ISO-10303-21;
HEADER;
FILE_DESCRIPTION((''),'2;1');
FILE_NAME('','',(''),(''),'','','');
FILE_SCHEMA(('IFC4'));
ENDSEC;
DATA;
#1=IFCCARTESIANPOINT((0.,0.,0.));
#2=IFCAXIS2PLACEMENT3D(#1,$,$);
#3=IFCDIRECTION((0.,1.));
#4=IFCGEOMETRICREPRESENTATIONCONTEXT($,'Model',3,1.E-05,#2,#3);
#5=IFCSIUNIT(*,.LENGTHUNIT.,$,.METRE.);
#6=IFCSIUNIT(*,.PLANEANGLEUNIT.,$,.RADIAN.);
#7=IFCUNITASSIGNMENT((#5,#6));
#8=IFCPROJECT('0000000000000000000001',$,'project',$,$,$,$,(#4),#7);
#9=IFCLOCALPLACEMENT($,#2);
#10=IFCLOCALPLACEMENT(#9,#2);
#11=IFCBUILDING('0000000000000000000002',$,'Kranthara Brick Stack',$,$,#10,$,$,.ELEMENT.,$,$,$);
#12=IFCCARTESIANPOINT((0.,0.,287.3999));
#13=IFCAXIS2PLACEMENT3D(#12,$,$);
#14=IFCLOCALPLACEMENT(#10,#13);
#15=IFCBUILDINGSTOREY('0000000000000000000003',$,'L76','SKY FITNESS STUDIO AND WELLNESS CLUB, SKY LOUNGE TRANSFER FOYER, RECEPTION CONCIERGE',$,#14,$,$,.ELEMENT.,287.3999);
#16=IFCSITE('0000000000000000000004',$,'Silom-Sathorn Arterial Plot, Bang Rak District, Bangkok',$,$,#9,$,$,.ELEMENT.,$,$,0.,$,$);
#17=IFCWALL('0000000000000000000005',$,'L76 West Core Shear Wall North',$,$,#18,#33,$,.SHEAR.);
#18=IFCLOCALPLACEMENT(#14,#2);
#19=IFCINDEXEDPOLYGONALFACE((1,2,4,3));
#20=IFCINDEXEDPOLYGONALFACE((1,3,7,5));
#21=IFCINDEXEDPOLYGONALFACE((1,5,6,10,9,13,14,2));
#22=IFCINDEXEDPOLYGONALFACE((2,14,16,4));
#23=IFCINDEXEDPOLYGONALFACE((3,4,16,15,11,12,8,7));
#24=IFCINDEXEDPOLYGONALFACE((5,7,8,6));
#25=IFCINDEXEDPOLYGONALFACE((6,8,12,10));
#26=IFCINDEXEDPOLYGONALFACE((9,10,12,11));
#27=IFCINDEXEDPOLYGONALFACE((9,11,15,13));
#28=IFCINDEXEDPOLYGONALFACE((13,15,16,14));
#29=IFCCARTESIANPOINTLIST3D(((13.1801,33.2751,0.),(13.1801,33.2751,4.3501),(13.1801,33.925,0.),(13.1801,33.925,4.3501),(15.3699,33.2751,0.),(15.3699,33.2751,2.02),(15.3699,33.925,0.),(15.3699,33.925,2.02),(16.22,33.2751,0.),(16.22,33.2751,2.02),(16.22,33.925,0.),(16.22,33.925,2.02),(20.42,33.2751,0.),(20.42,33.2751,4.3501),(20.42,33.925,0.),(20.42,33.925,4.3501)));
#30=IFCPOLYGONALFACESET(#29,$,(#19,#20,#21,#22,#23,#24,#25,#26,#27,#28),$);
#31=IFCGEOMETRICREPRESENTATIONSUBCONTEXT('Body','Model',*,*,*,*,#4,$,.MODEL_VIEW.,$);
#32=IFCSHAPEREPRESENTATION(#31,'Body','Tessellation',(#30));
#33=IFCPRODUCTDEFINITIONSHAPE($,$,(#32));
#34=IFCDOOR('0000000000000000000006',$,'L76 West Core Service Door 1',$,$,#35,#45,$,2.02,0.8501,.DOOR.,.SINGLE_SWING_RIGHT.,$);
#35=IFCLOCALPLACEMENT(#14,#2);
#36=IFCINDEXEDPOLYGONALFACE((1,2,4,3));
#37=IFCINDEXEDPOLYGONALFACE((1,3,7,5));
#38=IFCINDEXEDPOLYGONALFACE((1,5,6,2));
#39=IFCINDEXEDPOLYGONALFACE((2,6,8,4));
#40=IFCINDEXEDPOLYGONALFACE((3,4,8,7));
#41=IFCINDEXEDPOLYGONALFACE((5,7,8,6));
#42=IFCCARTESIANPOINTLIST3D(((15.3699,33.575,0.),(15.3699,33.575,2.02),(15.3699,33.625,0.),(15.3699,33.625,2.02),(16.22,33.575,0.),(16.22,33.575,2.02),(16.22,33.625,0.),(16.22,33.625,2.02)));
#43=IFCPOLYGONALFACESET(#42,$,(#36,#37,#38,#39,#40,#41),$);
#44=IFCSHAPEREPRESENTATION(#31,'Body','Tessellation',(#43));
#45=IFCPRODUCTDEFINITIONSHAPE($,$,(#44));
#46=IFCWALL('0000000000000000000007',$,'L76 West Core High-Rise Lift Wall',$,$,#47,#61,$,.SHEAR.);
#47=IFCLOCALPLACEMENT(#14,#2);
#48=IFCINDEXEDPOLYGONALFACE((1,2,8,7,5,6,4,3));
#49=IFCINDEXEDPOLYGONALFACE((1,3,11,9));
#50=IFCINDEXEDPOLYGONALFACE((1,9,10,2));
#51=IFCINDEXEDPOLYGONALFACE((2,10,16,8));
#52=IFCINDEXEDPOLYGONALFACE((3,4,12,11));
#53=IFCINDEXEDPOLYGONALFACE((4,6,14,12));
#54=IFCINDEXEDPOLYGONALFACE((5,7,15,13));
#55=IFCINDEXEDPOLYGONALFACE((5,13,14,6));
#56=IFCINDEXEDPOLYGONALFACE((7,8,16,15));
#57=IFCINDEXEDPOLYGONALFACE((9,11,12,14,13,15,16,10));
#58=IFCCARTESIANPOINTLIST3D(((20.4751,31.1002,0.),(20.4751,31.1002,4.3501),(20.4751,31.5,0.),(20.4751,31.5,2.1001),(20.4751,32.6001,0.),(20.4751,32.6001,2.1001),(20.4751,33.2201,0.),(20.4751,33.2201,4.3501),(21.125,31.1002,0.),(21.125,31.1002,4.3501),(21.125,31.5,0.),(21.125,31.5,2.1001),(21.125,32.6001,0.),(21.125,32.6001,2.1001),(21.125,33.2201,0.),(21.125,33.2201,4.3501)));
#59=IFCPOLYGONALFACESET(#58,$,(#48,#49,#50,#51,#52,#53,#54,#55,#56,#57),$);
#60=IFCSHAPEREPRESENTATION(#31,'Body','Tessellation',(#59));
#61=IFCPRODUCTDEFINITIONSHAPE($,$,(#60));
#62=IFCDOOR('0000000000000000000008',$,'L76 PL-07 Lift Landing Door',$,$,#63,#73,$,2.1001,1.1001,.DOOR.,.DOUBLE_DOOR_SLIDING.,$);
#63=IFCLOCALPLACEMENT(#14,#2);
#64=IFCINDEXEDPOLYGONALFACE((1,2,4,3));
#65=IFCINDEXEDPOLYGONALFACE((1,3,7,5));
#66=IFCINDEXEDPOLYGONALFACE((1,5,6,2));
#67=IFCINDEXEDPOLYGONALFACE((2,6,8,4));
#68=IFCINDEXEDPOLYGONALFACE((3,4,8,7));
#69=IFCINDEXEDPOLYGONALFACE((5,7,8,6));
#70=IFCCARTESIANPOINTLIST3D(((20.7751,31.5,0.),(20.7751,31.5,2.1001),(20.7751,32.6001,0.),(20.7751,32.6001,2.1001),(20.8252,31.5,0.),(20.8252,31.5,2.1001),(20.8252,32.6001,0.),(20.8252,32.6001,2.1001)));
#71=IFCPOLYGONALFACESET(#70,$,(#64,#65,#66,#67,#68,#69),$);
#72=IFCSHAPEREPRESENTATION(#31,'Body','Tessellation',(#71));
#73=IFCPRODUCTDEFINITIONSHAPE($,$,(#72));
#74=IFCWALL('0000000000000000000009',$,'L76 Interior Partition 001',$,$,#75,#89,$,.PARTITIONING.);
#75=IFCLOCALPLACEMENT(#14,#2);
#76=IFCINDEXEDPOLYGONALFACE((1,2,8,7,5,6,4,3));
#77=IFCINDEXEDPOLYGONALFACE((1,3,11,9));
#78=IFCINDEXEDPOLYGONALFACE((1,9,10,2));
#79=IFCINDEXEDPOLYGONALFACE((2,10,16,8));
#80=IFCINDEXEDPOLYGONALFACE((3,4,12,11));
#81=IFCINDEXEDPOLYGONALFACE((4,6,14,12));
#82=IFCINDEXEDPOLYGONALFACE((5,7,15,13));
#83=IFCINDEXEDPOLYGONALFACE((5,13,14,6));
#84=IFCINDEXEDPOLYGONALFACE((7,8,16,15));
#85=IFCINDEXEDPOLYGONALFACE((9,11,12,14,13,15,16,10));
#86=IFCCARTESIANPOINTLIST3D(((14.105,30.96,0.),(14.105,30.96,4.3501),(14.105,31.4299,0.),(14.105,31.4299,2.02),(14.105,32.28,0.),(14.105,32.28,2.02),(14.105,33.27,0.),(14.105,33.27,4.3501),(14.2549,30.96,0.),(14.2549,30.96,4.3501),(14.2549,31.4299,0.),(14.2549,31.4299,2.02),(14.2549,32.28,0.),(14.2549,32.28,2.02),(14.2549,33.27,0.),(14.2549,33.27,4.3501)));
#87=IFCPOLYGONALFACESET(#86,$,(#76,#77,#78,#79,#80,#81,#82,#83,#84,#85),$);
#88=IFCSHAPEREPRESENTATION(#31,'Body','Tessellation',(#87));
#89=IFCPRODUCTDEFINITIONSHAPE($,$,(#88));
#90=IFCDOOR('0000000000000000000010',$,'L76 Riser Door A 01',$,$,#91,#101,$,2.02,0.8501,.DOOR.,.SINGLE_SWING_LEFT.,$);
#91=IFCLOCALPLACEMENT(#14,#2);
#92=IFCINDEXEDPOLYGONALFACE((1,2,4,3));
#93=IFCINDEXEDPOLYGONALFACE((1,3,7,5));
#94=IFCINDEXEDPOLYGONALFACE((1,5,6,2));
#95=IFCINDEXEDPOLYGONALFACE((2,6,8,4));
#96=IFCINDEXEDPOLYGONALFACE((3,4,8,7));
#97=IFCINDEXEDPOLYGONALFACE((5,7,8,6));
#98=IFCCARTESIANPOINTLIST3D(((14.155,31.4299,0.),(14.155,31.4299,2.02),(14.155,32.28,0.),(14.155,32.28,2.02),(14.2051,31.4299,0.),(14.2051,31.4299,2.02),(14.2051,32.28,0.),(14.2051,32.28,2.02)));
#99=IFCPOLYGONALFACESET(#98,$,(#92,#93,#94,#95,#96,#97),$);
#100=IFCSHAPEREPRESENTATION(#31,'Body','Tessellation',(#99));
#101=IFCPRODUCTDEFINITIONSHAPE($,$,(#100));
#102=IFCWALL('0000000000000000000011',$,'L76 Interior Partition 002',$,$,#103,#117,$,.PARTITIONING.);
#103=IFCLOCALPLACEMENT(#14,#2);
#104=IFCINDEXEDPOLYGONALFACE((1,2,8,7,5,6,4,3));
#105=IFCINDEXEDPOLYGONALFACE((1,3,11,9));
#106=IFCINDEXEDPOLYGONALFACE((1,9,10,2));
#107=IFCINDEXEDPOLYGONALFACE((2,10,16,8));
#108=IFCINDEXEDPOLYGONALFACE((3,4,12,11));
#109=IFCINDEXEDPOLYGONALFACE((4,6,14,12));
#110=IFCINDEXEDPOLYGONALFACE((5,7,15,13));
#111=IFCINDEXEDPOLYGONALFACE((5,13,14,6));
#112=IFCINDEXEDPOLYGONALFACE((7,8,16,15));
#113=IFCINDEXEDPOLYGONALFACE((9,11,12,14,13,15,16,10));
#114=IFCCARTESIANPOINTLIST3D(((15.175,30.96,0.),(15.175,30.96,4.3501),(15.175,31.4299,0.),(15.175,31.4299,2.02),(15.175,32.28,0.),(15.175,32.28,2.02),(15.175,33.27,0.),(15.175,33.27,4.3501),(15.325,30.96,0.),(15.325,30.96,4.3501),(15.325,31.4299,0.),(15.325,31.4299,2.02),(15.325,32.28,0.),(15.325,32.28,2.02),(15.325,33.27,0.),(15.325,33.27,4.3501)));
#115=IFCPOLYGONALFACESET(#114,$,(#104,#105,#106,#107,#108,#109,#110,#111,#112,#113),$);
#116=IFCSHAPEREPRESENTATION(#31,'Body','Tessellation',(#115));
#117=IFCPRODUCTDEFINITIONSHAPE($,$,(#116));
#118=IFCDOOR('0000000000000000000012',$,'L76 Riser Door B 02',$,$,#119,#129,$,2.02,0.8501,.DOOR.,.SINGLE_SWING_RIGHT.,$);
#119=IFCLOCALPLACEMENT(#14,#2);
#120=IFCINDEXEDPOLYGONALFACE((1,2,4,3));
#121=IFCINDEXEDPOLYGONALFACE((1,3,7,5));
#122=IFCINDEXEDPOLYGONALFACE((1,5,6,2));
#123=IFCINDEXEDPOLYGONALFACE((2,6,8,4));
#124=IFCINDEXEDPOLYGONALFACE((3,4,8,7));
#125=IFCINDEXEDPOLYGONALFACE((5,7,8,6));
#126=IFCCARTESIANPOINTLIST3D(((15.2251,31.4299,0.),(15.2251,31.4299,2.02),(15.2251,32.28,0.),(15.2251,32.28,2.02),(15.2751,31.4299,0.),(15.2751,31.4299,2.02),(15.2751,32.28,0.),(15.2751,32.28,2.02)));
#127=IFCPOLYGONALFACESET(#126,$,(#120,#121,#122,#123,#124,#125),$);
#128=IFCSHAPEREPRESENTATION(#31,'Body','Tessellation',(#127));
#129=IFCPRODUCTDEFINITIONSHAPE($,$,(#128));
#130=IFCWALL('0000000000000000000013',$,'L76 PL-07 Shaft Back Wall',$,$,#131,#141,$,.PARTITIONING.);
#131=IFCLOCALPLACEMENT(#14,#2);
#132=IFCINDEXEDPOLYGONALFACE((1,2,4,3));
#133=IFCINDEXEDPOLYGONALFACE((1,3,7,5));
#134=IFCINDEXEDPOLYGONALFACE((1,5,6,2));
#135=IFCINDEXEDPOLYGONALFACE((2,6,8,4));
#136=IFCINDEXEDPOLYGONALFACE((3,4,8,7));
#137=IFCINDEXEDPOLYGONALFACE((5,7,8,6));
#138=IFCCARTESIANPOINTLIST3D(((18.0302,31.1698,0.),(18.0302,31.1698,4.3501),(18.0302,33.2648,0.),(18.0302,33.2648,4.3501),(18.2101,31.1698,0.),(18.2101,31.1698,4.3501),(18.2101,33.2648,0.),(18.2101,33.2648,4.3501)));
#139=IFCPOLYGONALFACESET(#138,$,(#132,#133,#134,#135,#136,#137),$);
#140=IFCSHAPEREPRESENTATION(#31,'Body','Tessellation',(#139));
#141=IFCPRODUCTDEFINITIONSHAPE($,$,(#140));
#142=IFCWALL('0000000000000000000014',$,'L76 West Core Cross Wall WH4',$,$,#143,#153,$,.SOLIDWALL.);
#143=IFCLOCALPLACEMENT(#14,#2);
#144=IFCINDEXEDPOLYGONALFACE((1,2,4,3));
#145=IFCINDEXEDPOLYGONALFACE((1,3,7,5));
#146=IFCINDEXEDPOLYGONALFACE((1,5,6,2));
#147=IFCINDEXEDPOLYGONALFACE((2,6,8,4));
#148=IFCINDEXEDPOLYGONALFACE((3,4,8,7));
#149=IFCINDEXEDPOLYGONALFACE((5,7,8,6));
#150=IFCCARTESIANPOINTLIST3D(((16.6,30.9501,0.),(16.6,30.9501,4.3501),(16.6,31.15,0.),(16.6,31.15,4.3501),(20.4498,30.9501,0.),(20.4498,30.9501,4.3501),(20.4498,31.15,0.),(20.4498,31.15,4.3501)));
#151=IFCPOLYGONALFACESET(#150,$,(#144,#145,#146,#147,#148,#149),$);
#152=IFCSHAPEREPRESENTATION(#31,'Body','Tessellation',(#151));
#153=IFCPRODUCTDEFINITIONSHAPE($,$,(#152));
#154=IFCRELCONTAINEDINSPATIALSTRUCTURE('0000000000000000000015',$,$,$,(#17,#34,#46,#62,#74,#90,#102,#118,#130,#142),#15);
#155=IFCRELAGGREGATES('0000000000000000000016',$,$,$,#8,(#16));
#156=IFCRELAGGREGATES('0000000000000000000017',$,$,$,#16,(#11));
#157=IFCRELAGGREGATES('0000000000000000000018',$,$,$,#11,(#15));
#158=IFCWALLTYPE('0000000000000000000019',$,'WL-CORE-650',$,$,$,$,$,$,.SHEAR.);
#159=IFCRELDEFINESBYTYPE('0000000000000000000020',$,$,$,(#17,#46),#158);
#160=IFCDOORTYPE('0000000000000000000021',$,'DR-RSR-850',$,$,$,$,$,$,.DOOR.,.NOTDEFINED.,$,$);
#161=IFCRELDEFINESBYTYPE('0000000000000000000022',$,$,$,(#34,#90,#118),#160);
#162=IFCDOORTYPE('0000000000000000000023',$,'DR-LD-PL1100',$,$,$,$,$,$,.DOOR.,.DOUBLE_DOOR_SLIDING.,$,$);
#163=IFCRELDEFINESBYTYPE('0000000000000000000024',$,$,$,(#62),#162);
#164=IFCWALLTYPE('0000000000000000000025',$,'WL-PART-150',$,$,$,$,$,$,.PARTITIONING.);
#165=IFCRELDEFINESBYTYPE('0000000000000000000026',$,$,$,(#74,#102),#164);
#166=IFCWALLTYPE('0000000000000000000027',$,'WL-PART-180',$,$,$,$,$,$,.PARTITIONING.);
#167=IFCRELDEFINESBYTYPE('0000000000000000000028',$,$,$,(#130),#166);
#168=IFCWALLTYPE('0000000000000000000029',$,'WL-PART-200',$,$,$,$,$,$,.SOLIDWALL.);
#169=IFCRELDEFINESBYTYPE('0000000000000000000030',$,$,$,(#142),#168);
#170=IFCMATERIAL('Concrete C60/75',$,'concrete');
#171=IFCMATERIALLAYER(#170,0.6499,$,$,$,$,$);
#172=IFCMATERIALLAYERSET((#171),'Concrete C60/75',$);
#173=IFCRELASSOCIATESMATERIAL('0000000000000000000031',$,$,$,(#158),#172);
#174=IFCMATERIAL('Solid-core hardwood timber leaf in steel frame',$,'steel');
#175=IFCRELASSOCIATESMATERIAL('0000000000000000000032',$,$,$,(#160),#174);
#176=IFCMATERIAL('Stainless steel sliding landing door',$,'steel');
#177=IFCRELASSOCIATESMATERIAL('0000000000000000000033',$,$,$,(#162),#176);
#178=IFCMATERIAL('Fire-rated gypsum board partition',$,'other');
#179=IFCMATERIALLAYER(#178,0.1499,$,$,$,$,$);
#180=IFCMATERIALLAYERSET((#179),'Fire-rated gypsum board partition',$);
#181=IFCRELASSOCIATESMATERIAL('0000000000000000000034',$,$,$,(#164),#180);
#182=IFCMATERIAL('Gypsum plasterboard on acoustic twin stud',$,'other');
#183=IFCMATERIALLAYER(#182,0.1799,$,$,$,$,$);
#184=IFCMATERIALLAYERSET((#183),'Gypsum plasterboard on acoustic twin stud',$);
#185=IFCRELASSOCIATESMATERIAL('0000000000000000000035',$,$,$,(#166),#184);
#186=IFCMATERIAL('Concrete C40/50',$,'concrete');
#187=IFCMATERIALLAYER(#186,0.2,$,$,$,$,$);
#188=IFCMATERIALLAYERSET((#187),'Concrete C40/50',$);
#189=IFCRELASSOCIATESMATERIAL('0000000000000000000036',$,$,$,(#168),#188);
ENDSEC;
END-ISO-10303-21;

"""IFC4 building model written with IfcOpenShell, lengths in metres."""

from ifc_helpers import new_model, si_unit, direction, frame, frame_2d, origin, place, context, subcontext, project, spatial, rectangle, extrude, material, layer, layer_set, type_object, element, fill, save


model = new_model("IFC4")

# Units and contexts
model_context = context("Model", 3, precision=1e-05, world=origin(), true_north=direction((0.0, 1.0)))
body_context = subcontext(model_context, "Body", "Model", "MODEL_VIEW")
ifc_project = project(units=[si_unit("LENGTHUNIT", "METRE"), si_unit("PLANEANGLEUNIT", "RADIAN")], contexts=[model_context])

# Site, building, storey
site_placement = place(None, origin())
site = spatial("IfcSite", under=ifc_project, at=site_placement, Name="Silom-Sathorn Arterial Plot, Bang Rak District, Bangkok", CompositionType="ELEMENT", RefElevation=0.0)
building_placement = place(site_placement, origin())
building = spatial("IfcBuilding", under=site, at=building_placement, Name="Kranthara Brick Stack", CompositionType="ELEMENT")
storey_placement = place(building_placement, frame((0.0, 0.0, 287.3999)))
storey = spatial("IfcBuildingStorey", under=building, at=storey_placement, Name="L76", Description="SKY FITNESS STUDIO AND WELLNESS CLUB, SKY LOUNGE TRANSFER FOYER, RECEPTION CONCIERGE", CompositionType="ELEMENT", Elevation=287.3999)

# Walls, openings, doors
ifc_material_1 = material(Name="Concrete C60/75", Category="concrete")
ifc_layer_1 = layer(ifc_material_1, 0.6499)
ifc_layer_set_1 = layer_set([ifc_layer_1], Name="Concrete C60/75")
wall_type_1 = type_object("IfcWallType", Name="WL-CORE-650", PredefinedType="SHEAR", material=ifc_layer_set_1)
wall_1_placement = place(storey_placement, frame((13.1799, 33.6001, 0.0), z_axis=(0.0, 0.0, 1.0), x_axis=(1.0, 0.0, 0.0)))
wall_1 = element("IfcWall", 1, at=wall_1_placement, inside=storey, type_object=wall_type_1, Name="L76 West Core Shear Wall North", PredefinedType="SHEAR", context=body_context, shape_type="SweptSolid", body=[
    extrude(rectangle(XDim=7.24, YDim=0.6499, at=frame_2d((3.6201, 0.0))), origin(), (0.0, 0.0, 1.0), 4.3501),
])
opening_1_placement = place(wall_1_placement, frame((2.1899, 0.0, 0.0)))
opening_1 = element("IfcOpeningElement", 2, at=opening_1_placement, cuts=wall_1, PredefinedType="OPENING", context=body_context, shape_type="SweptSolid", body=[
    extrude(rectangle(XDim=0.8501, YDim=2.02, at=frame_2d((0.425, 1.01))), frame((0.0, 0.335, 0.0), z_axis=(0.0, -1.0, 0.0), x_axis=(1.0, 0.0, 0.0)), (0.0, 0.0, 1.0), 0.6699),
])
ifc_material_2 = material(Name="Solid-core hardwood timber leaf in steel frame", Category="steel")
door_type_1 = type_object("IfcDoorType", Name="DR-RSR-850", OperationType="NOTDEFINED", PredefinedType="DOOR", material=ifc_material_2)
door_1_placement = place(opening_1_placement, origin())
door_1 = element("IfcDoor", 3, at=door_1_placement, inside=storey, type_object=door_type_1, Name="L76 West Core Service Door 1", OperationType="SINGLE_SWING_RIGHT", OverallHeight=2.02, OverallWidth=0.8501, PredefinedType="DOOR", context=body_context, shape_type="SweptSolid", body=[
    extrude(rectangle(XDim=0.8501, YDim=2.02, at=frame_2d((0.425, 1.01))), frame((0.0, 0.0249, 0.0), z_axis=(0.0, -1.0, 0.0), x_axis=(1.0, 0.0, 0.0)), (0.0, 0.0, 1.0), 0.05),
])
fill(opening_1, door_1)
wall_2_placement = place(storey_placement, frame((20.8, 31.1001, 0.0), z_axis=(0.0, 0.0, 1.0), x_axis=(0.0, 1.0, 0.0)))
wall_2 = element("IfcWall", 4, at=wall_2_placement, inside=storey, type_object=wall_type_1, Name="L76 West Core High-Rise Lift Wall", PredefinedType="SHEAR", context=body_context, shape_type="SweptSolid", body=[
    extrude(rectangle(XDim=2.1199, YDim=0.6499, at=frame_2d((1.0601, 0.0))), origin(), (0.0, 0.0, 1.0), 4.3501),
])
opening_2_placement = place(wall_2_placement, frame((0.3999, 0.0, 0.0)))
opening_2 = element("IfcOpeningElement", 5, at=opening_2_placement, cuts=wall_2, PredefinedType="OPENING", context=body_context, shape_type="SweptSolid", body=[
    extrude(rectangle(XDim=1.1001, YDim=2.1001, at=frame_2d((0.55, 1.05))), frame((0.0, 0.335, 0.0), z_axis=(0.0, -1.0, 0.0), x_axis=(1.0, 0.0, 0.0)), (0.0, 0.0, 1.0), 0.6699),
])
ifc_material_3 = material(Name="Stainless steel sliding landing door", Category="steel")
door_type_2 = type_object("IfcDoorType", Name="DR-LD-PL1100", OperationType="DOUBLE_DOOR_SLIDING", PredefinedType="DOOR", material=ifc_material_3)
door_2_placement = place(opening_2_placement, origin())
door_2 = element("IfcDoor", 6, at=door_2_placement, inside=storey, type_object=door_type_2, Name="L76 PL-07 Lift Landing Door", OperationType="DOUBLE_DOOR_SLIDING", OverallHeight=2.1001, OverallWidth=1.1001, PredefinedType="DOOR", context=body_context, shape_type="SweptSolid", body=[
    extrude(rectangle(XDim=1.1001, YDim=2.1001, at=frame_2d((0.55, 1.05))), frame((0.0, 0.0249, 0.0), z_axis=(0.0, -1.0, 0.0), x_axis=(1.0, 0.0, 0.0)), (0.0, 0.0, 1.0), 0.05),
])
fill(opening_2, door_2)
ifc_material_4 = material(Name="Fire-rated gypsum board partition", Category="other")
ifc_layer_2 = layer(ifc_material_4, 0.1499)
ifc_layer_set_2 = layer_set([ifc_layer_2], Name="Fire-rated gypsum board partition")
wall_type_2 = type_object("IfcWallType", Name="WL-PART-150", PredefinedType="PARTITIONING", material=ifc_layer_set_2)
wall_3_placement = place(storey_placement, frame((14.1799, 30.96, 0.0), z_axis=(0.0, 0.0, 1.0), x_axis=(0.0, 1.0, 0.0)))
wall_3 = element("IfcWall", 7, at=wall_3_placement, inside=storey, type_object=wall_type_2, Name="L76 Interior Partition 001", PredefinedType="PARTITIONING", context=body_context, shape_type="SweptSolid", body=[
    extrude(rectangle(XDim=2.3101, YDim=0.1499, at=frame_2d((1.155, 0.0))), origin(), (0.0, 0.0, 1.0), 4.3501),
])
opening_3_placement = place(wall_3_placement, frame((0.47, 0.0, 0.0)))
opening_3 = element("IfcOpeningElement", 8, at=opening_3_placement, cuts=wall_3, PredefinedType="OPENING", context=body_context, shape_type="SweptSolid", body=[
    extrude(rectangle(XDim=0.8501, YDim=2.02, at=frame_2d((0.425, 1.01))), frame((0.0, 0.085, 0.0), z_axis=(0.0, -1.0, 0.0), x_axis=(1.0, 0.0, 0.0)), (0.0, 0.0, 1.0), 0.1699),
])
door_3_placement = place(opening_3_placement, origin())
door_3 = element("IfcDoor", 9, at=door_3_placement, inside=storey, type_object=door_type_1, Name="L76 Riser Door A 01", OperationType="SINGLE_SWING_LEFT", OverallHeight=2.02, OverallWidth=0.8501, PredefinedType="DOOR", context=body_context, shape_type="SweptSolid", body=[
    extrude(rectangle(XDim=0.8501, YDim=2.02, at=frame_2d((0.425, 1.01))), frame((0.0, 0.0249, 0.0), z_axis=(0.0, -1.0, 0.0), x_axis=(1.0, 0.0, 0.0)), (0.0, 0.0, 1.0), 0.05),
])
fill(opening_3, door_3)
wall_4_placement = place(storey_placement, frame((15.25, 30.96, 0.0), z_axis=(0.0, 0.0, 1.0), x_axis=(0.0, 1.0, 0.0)))
wall_4 = element("IfcWall", 10, at=wall_4_placement, inside=storey, type_object=wall_type_2, Name="L76 Interior Partition 002", PredefinedType="PARTITIONING", context=body_context, shape_type="SweptSolid", body=[
    extrude(rectangle(XDim=2.3101, YDim=0.1499, at=frame_2d((1.155, 0.0))), origin(), (0.0, 0.0, 1.0), 4.3501),
])
opening_4_placement = place(wall_4_placement, frame((0.47, 0.0, 0.0)))
opening_4 = element("IfcOpeningElement", 11, at=opening_4_placement, cuts=wall_4, PredefinedType="OPENING", context=body_context, shape_type="SweptSolid", body=[
    extrude(rectangle(XDim=0.8501, YDim=2.02, at=frame_2d((0.425, 1.01))), frame((0.0, 0.085, 0.0), z_axis=(0.0, -1.0, 0.0), x_axis=(1.0, 0.0, 0.0)), (0.0, 0.0, 1.0), 0.1699),
])
door_4_placement = place(opening_4_placement, origin())
door_4 = element("IfcDoor", 12, at=door_4_placement, inside=storey, type_object=door_type_1, Name="L76 Riser Door B 02", OperationType="SINGLE_SWING_RIGHT", OverallHeight=2.02, OverallWidth=0.8501, PredefinedType="DOOR", context=body_context, shape_type="SweptSolid", body=[
    extrude(rectangle(XDim=0.8501, YDim=2.02, at=frame_2d((0.425, 1.01))), frame((0.0, 0.0249, 0.0), z_axis=(0.0, -1.0, 0.0), x_axis=(1.0, 0.0, 0.0)), (0.0, 0.0, 1.0), 0.05),
])
fill(opening_4, door_4)

# Walls
ifc_material_5 = material(Name="Gypsum plasterboard on acoustic twin stud", Category="other")
ifc_layer_3 = layer(ifc_material_5, 0.1799)
ifc_layer_set_3 = layer_set([ifc_layer_3], Name="Gypsum plasterboard on acoustic twin stud")
wall_type_3 = type_object("IfcWallType", Name="WL-PART-180", PredefinedType="PARTITIONING", material=ifc_layer_set_3)
wall_5_placement = place(storey_placement, frame((18.1201, 31.1699, 0.0), z_axis=(0.0, 0.0, 1.0), x_axis=(0.0, 1.0, 0.0)))
element("IfcWall", 13, at=wall_5_placement, inside=storey, type_object=wall_type_3, Name="L76 PL-07 Shaft Back Wall", PredefinedType="PARTITIONING", context=body_context, shape_type="SweptSolid", body=[
    extrude(rectangle(XDim=2.095, YDim=0.1799, at=frame_2d((1.0474, 0.0))), origin(), (0.0, 0.0, 1.0), 4.3501),
])
ifc_material_6 = material(Name="Concrete C40/50", Category="concrete")
ifc_layer_4 = layer(ifc_material_6, 0.2)
ifc_layer_set_4 = layer_set([ifc_layer_4], Name="Concrete C40/50")
wall_type_4 = type_object("IfcWallType", Name="WL-PART-200", PredefinedType="SOLIDWALL", material=ifc_layer_set_4)
wall_6_placement = place(storey_placement, frame((16.6001, 31.05, 0.0), z_axis=(0.0, 0.0, 1.0), x_axis=(1.0, 0.0, 0.0)))
element("IfcWall", 14, at=wall_6_placement, inside=storey, type_object=wall_type_4, Name="L76 West Core Cross Wall WH4", PredefinedType="SOLIDWALL", context=body_context, shape_type="SweptSolid", body=[
    extrude(rectangle(XDim=3.8499, YDim=0.2, at=frame_2d((1.9248, 0.0))), origin(), (0.0, 0.0, 1.0), 4.3501),
])

save(model, "model.ifc")
